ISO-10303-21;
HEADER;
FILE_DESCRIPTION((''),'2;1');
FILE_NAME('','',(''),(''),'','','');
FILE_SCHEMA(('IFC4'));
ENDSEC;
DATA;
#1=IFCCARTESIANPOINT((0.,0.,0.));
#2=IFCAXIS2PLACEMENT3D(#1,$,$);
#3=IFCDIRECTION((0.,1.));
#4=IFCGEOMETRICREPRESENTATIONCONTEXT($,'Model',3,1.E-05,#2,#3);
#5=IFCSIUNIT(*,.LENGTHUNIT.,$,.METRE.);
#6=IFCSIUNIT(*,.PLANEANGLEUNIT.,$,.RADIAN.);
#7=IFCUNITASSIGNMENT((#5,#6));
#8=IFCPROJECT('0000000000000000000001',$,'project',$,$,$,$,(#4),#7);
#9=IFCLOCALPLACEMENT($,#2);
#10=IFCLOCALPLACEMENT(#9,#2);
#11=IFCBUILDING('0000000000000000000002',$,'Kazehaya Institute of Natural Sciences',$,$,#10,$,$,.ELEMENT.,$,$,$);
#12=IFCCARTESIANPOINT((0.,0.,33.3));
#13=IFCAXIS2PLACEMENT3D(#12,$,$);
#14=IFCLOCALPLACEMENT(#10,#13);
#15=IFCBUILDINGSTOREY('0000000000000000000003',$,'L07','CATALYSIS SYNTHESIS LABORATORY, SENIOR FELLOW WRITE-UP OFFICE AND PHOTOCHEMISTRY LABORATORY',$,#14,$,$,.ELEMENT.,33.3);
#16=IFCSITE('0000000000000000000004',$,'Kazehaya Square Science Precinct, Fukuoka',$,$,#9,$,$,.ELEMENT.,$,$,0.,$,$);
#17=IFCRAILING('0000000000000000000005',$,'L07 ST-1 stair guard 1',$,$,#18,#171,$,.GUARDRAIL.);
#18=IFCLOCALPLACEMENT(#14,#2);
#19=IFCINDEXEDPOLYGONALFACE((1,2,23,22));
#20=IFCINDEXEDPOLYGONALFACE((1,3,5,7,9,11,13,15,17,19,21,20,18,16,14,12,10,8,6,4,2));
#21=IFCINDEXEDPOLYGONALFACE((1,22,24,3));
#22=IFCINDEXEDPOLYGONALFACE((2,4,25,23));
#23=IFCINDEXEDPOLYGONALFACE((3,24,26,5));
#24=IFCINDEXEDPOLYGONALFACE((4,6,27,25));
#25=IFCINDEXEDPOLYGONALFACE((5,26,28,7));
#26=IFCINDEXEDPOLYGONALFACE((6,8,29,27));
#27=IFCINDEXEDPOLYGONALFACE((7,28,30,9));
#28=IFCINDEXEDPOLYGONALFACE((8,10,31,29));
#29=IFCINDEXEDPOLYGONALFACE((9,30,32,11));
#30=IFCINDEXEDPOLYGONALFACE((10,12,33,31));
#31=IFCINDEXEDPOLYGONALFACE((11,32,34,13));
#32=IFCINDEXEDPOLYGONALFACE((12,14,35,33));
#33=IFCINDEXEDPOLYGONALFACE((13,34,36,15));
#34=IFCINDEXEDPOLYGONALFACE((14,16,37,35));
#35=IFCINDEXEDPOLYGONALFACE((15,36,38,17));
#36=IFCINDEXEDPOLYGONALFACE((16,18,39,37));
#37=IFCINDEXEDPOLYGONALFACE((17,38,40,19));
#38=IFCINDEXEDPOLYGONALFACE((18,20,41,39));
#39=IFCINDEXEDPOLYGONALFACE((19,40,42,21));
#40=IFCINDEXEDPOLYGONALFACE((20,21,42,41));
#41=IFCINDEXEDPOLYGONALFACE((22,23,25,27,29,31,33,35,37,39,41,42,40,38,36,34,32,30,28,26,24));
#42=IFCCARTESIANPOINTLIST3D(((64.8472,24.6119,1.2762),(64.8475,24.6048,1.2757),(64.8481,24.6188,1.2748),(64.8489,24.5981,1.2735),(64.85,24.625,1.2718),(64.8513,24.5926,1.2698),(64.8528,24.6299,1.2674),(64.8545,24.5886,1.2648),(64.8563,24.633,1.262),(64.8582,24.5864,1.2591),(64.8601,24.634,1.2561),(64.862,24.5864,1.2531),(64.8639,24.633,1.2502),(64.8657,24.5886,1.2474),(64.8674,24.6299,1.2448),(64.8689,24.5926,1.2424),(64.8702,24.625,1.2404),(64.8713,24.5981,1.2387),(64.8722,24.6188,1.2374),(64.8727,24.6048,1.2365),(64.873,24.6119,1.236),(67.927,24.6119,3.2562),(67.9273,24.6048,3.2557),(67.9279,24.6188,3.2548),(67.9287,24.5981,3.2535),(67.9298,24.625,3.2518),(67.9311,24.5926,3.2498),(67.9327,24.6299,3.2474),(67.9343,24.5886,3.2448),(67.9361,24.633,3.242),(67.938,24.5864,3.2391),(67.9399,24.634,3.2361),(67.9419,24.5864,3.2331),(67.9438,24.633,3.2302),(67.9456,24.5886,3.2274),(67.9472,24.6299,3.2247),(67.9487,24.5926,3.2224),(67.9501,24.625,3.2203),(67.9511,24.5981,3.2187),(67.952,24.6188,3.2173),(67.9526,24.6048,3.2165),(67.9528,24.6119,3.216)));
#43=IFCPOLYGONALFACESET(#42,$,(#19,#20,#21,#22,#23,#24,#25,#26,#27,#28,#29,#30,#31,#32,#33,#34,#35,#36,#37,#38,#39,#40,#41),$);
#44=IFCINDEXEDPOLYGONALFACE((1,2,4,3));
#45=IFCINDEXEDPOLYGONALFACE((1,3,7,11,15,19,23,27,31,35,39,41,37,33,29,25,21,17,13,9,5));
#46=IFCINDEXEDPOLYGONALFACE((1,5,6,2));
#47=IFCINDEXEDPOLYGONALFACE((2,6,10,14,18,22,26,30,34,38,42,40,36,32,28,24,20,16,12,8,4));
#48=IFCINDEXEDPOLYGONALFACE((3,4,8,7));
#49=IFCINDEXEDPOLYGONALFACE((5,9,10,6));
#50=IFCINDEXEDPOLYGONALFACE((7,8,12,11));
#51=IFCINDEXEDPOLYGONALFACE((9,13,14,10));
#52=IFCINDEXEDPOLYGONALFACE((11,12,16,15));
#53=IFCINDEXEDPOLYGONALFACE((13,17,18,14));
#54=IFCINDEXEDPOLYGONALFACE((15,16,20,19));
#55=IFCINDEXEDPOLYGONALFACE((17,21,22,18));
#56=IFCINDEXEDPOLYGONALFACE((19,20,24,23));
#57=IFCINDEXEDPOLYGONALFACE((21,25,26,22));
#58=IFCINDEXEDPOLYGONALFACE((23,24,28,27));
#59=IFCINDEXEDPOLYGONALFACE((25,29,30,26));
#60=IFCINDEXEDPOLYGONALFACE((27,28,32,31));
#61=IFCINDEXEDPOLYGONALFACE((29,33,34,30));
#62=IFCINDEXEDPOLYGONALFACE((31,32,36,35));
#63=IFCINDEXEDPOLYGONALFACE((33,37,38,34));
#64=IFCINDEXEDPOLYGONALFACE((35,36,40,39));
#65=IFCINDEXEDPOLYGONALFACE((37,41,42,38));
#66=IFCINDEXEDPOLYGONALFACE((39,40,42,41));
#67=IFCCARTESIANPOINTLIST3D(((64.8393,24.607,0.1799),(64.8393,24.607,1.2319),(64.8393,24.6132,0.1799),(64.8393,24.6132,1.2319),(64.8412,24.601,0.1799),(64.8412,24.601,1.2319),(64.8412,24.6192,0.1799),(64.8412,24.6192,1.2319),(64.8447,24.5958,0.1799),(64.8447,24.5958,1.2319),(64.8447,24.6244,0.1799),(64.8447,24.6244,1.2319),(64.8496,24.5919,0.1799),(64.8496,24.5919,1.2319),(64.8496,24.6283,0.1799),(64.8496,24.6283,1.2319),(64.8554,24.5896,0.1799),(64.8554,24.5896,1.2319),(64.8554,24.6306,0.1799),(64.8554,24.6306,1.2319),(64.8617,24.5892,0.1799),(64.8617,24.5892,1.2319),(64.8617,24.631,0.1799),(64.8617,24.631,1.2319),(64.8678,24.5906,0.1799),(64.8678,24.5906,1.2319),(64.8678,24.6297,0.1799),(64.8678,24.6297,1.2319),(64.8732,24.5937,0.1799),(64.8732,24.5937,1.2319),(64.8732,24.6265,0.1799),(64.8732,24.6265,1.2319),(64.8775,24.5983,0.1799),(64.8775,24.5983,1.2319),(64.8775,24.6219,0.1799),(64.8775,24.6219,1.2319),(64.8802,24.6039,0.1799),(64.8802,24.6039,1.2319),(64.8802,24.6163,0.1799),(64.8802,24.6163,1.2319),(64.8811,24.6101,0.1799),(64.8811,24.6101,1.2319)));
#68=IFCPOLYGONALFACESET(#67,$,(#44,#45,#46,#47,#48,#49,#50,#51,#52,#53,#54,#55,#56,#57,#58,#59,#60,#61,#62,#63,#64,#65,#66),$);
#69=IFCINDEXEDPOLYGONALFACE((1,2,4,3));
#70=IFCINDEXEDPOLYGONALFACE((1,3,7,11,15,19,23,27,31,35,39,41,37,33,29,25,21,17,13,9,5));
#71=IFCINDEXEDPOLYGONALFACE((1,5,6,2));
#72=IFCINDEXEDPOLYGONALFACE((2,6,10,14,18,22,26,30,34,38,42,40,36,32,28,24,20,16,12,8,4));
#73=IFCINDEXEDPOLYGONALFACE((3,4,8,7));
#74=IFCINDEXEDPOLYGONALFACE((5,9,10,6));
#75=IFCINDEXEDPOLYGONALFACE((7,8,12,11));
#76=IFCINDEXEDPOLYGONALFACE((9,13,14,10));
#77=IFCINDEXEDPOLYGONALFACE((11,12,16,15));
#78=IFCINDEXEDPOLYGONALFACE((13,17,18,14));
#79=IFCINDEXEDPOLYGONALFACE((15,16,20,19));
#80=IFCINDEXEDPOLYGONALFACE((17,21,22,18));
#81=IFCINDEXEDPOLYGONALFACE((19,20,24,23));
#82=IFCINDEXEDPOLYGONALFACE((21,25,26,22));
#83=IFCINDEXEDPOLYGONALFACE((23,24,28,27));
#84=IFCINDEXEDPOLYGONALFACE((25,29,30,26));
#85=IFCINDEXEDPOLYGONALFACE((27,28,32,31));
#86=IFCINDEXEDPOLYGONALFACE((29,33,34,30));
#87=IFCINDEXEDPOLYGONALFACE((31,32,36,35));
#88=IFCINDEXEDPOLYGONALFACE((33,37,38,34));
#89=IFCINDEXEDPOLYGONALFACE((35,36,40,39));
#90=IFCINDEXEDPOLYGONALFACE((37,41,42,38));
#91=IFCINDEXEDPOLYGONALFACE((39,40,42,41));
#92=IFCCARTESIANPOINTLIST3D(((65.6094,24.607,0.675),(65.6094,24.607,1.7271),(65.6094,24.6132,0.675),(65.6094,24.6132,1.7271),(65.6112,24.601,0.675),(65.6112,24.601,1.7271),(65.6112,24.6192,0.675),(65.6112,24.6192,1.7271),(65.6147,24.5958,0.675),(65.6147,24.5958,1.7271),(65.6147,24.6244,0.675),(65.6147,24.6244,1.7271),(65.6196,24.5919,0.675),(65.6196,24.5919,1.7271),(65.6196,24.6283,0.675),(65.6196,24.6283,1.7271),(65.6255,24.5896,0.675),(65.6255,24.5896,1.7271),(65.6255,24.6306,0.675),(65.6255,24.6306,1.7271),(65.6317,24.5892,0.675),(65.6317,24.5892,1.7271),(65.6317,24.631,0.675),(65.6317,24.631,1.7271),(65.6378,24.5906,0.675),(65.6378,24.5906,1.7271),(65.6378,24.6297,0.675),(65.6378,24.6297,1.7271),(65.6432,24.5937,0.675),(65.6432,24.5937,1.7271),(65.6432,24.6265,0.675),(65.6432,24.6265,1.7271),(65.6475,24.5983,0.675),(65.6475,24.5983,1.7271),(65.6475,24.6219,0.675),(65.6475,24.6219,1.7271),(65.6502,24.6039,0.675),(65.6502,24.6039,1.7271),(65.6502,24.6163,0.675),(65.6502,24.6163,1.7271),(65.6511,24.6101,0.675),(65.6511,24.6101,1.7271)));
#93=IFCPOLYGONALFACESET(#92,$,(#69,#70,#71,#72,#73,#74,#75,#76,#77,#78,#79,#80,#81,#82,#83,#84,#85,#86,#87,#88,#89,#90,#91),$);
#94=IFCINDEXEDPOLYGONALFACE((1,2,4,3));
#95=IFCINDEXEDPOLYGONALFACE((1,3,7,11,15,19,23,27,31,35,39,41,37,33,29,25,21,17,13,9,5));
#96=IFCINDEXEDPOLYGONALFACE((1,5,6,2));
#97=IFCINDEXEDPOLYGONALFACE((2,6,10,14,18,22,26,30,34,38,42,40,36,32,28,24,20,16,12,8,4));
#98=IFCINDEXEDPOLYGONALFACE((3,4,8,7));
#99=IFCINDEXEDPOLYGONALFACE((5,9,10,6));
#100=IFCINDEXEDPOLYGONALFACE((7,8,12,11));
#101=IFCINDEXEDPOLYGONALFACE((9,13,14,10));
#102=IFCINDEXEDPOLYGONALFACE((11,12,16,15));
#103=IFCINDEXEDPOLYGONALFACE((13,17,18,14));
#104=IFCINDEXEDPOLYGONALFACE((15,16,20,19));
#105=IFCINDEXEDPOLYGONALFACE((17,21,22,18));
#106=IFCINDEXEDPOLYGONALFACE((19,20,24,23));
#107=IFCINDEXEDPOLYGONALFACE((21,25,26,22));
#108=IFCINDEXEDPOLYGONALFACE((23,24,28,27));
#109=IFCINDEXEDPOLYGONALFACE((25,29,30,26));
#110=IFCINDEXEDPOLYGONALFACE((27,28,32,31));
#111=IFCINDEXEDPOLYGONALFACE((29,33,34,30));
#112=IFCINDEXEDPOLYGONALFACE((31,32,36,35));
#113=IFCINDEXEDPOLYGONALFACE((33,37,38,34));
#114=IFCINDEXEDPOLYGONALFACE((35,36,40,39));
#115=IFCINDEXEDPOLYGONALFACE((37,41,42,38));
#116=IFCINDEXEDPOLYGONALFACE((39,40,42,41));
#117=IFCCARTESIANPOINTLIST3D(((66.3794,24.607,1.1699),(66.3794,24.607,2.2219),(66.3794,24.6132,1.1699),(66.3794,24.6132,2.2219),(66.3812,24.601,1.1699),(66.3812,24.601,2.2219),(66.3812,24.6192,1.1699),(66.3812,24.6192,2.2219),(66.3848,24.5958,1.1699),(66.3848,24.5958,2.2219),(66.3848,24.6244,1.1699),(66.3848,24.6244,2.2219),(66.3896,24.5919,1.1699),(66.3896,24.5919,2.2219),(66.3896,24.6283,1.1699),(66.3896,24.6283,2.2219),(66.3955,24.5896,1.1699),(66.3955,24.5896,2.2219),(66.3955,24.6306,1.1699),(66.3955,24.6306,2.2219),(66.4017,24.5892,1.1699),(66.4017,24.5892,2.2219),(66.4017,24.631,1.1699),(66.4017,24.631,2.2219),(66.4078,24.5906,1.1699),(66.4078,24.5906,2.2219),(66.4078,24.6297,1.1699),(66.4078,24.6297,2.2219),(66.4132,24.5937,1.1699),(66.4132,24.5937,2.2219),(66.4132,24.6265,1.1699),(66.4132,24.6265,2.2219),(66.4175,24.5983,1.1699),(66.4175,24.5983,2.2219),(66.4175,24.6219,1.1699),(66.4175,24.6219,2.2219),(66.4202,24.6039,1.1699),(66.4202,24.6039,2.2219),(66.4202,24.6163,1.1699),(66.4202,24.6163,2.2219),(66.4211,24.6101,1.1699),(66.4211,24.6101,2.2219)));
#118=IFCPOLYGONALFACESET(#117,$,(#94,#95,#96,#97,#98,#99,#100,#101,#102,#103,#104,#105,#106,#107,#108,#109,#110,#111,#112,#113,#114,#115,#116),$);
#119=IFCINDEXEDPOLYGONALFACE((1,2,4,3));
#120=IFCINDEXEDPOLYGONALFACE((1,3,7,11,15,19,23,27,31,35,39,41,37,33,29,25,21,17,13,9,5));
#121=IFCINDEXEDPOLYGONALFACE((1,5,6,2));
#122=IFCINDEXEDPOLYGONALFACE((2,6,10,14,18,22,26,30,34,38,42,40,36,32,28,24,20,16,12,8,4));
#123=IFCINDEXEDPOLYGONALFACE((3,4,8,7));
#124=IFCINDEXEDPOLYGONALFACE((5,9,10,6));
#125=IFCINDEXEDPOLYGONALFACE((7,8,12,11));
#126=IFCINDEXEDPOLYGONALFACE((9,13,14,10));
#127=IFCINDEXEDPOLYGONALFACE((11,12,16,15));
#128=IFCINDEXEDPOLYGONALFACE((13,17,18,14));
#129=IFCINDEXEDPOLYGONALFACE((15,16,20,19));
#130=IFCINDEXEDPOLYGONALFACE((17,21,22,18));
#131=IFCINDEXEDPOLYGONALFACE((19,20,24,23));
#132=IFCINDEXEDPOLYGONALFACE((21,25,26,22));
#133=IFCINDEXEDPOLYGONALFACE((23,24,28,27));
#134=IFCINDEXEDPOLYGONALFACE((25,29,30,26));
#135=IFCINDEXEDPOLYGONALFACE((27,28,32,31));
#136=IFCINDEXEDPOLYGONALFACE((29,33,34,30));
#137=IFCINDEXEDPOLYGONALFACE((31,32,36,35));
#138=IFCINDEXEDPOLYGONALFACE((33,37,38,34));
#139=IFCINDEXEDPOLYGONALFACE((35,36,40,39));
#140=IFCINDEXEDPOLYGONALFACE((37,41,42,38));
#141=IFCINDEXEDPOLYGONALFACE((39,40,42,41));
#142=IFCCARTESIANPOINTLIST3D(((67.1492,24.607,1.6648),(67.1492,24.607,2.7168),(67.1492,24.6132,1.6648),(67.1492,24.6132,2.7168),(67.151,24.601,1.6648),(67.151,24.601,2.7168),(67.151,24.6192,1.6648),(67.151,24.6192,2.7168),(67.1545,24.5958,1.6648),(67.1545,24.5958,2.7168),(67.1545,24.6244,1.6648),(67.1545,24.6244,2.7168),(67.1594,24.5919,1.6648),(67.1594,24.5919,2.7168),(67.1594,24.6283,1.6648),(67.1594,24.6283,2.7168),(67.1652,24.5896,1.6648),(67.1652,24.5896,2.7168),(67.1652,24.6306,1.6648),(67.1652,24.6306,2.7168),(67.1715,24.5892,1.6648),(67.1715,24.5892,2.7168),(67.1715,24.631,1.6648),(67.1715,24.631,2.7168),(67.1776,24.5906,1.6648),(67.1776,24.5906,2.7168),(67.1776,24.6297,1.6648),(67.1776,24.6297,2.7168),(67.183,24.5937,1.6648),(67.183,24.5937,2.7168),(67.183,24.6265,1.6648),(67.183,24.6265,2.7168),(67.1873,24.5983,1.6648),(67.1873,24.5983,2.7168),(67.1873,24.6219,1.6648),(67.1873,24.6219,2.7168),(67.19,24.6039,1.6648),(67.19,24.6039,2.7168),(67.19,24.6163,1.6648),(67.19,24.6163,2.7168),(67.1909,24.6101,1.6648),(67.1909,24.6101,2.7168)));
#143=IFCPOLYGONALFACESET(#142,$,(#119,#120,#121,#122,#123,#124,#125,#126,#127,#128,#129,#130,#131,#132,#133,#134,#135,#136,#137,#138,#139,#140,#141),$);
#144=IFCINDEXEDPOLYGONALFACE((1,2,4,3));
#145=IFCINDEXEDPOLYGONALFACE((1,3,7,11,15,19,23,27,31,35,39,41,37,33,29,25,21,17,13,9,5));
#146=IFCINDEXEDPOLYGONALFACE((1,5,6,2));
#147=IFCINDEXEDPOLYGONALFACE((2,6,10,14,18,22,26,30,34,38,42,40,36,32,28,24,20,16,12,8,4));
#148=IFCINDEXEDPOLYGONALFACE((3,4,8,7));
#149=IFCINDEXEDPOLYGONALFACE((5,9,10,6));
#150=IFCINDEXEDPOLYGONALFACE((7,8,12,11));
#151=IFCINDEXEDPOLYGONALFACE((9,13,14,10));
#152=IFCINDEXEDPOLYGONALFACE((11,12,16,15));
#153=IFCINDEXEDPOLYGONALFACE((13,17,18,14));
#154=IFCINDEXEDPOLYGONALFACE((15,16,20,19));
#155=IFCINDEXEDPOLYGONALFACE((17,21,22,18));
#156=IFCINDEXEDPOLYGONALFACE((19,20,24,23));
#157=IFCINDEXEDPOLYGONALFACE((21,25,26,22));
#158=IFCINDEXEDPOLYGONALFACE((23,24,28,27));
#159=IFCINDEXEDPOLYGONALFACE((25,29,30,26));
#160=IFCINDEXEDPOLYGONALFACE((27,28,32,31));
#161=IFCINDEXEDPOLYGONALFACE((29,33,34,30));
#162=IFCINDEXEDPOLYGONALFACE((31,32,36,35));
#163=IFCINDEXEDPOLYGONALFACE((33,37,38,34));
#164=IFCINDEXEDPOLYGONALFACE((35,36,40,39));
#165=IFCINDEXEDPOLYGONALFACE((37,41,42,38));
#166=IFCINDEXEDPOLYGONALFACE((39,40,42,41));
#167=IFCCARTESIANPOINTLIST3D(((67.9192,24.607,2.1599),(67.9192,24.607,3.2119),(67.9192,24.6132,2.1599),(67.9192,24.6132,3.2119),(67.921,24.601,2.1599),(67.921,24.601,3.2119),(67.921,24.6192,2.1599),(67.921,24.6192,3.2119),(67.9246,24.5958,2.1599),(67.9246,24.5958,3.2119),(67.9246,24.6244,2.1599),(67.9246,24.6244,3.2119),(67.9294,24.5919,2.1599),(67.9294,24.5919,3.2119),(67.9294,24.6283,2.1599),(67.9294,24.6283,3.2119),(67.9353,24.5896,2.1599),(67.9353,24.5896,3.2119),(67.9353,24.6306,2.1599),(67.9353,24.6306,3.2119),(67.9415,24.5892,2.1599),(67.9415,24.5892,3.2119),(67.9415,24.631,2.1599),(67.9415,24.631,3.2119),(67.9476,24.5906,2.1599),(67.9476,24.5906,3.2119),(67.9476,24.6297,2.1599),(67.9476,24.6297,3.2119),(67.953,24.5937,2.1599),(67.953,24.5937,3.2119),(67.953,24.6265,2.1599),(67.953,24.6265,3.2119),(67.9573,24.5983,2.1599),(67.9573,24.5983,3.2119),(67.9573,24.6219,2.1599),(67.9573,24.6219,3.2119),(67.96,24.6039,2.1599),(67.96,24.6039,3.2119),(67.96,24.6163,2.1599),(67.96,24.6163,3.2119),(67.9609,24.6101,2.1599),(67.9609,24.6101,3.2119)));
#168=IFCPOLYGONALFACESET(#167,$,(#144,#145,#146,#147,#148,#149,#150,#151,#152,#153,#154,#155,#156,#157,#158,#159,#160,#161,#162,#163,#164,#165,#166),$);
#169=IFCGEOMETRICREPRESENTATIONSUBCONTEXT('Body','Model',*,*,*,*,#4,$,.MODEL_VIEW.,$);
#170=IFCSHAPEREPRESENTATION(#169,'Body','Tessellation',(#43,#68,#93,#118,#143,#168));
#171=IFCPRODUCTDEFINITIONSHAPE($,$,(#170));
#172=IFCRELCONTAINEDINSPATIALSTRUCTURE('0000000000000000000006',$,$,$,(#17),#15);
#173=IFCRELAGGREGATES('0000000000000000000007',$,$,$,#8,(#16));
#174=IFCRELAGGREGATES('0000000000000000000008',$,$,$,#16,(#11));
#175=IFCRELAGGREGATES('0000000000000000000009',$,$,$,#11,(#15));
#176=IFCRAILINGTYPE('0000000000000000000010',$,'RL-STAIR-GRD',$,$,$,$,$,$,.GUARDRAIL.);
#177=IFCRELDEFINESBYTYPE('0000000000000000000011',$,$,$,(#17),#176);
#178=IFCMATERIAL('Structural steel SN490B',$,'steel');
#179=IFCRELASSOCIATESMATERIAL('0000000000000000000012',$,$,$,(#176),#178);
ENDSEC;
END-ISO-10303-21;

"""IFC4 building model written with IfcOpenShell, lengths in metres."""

from ifc_helpers import new_model, si_unit, direction, frame, origin, origin_2d, place, context, subcontext, project, spatial, circle, extrude, material, type_object, element, save


model = new_model("IFC4")

# Units and contexts
model_context = context("Model", 3, precision=1e-05, world=origin(), true_north=direction((0.0, 1.0)))
body_context = subcontext(model_context, "Body", "Model", "MODEL_VIEW")
ifc_project = project(units=[si_unit("LENGTHUNIT", "METRE"), si_unit("PLANEANGLEUNIT", "RADIAN")], contexts=[model_context])

# Site, building, storey
site_placement = place(None, origin())
site = spatial("IfcSite", under=ifc_project, at=site_placement, Name="Kazehaya Square Science Precinct, Fukuoka", CompositionType="ELEMENT", RefElevation=0.0)
building_placement = place(site_placement, origin())
building = spatial("IfcBuilding", under=site, at=building_placement, Name="Kazehaya Institute of Natural Sciences", CompositionType="ELEMENT")
storey_placement = place(building_placement, frame((0.0, 0.0, 33.3)))
storey = spatial("IfcBuildingStorey", under=building, at=storey_placement, Name="L07", Description="CATALYSIS SYNTHESIS LABORATORY, SENIOR FELLOW WRITE-UP OFFICE AND PHOTOCHEMISTRY LABORATORY", CompositionType="ELEMENT", Elevation=33.3)

# Railing
ifc_material_1 = material(Name="Structural steel SN490B", Category="steel")
railing_type_1 = type_object("IfcRailingType", Name="RL-STAIR-GRD", PredefinedType="GUARDRAIL", material=ifc_material_1)
railing_1_placement = place(storey_placement, frame((64.8601, 24.6101, 0.1799)))
element("IfcRailing", 1, at=railing_1_placement, inside=storey, type_object=railing_type_1, Name="L07 ST-1 stair guard 1", PredefinedType="GUARDRAIL", context=body_context, shape_type="SweptSolid", body=[
    extrude(circle(Radius=0.0239, at=origin_2d()), frame((0.0, 0.0, 1.0762), z_axis=(0.841168, 0.0, 0.540774), x_axis=(0.0, 1.0, 0.0)), (0.0, 0.0, 1.0), 3.6614),
    extrude(circle(Radius=0.021, at=origin_2d()), origin(), (0.0, 0.0, 1.0), 1.052),
    extrude(circle(Radius=0.021, at=origin_2d()), frame((0.77, 0.0, 0.4951)), (0.0, 0.0, 1.0), 1.052),
    extrude(circle(Radius=0.021, at=origin_2d()), frame((1.54, 0.0, 0.99)), (0.0, 0.0, 1.0), 1.052),
    extrude(circle(Radius=0.021, at=origin_2d()), frame((2.3098, 0.0, 1.4849)), (0.0, 0.0, 1.0), 1.052),
    extrude(circle(Radius=0.021, at=origin_2d()), frame((3.0798, 0.0, 1.98)), (0.0, 0.0, 1.0), 1.052),
])

save(model, "model.ifc")
